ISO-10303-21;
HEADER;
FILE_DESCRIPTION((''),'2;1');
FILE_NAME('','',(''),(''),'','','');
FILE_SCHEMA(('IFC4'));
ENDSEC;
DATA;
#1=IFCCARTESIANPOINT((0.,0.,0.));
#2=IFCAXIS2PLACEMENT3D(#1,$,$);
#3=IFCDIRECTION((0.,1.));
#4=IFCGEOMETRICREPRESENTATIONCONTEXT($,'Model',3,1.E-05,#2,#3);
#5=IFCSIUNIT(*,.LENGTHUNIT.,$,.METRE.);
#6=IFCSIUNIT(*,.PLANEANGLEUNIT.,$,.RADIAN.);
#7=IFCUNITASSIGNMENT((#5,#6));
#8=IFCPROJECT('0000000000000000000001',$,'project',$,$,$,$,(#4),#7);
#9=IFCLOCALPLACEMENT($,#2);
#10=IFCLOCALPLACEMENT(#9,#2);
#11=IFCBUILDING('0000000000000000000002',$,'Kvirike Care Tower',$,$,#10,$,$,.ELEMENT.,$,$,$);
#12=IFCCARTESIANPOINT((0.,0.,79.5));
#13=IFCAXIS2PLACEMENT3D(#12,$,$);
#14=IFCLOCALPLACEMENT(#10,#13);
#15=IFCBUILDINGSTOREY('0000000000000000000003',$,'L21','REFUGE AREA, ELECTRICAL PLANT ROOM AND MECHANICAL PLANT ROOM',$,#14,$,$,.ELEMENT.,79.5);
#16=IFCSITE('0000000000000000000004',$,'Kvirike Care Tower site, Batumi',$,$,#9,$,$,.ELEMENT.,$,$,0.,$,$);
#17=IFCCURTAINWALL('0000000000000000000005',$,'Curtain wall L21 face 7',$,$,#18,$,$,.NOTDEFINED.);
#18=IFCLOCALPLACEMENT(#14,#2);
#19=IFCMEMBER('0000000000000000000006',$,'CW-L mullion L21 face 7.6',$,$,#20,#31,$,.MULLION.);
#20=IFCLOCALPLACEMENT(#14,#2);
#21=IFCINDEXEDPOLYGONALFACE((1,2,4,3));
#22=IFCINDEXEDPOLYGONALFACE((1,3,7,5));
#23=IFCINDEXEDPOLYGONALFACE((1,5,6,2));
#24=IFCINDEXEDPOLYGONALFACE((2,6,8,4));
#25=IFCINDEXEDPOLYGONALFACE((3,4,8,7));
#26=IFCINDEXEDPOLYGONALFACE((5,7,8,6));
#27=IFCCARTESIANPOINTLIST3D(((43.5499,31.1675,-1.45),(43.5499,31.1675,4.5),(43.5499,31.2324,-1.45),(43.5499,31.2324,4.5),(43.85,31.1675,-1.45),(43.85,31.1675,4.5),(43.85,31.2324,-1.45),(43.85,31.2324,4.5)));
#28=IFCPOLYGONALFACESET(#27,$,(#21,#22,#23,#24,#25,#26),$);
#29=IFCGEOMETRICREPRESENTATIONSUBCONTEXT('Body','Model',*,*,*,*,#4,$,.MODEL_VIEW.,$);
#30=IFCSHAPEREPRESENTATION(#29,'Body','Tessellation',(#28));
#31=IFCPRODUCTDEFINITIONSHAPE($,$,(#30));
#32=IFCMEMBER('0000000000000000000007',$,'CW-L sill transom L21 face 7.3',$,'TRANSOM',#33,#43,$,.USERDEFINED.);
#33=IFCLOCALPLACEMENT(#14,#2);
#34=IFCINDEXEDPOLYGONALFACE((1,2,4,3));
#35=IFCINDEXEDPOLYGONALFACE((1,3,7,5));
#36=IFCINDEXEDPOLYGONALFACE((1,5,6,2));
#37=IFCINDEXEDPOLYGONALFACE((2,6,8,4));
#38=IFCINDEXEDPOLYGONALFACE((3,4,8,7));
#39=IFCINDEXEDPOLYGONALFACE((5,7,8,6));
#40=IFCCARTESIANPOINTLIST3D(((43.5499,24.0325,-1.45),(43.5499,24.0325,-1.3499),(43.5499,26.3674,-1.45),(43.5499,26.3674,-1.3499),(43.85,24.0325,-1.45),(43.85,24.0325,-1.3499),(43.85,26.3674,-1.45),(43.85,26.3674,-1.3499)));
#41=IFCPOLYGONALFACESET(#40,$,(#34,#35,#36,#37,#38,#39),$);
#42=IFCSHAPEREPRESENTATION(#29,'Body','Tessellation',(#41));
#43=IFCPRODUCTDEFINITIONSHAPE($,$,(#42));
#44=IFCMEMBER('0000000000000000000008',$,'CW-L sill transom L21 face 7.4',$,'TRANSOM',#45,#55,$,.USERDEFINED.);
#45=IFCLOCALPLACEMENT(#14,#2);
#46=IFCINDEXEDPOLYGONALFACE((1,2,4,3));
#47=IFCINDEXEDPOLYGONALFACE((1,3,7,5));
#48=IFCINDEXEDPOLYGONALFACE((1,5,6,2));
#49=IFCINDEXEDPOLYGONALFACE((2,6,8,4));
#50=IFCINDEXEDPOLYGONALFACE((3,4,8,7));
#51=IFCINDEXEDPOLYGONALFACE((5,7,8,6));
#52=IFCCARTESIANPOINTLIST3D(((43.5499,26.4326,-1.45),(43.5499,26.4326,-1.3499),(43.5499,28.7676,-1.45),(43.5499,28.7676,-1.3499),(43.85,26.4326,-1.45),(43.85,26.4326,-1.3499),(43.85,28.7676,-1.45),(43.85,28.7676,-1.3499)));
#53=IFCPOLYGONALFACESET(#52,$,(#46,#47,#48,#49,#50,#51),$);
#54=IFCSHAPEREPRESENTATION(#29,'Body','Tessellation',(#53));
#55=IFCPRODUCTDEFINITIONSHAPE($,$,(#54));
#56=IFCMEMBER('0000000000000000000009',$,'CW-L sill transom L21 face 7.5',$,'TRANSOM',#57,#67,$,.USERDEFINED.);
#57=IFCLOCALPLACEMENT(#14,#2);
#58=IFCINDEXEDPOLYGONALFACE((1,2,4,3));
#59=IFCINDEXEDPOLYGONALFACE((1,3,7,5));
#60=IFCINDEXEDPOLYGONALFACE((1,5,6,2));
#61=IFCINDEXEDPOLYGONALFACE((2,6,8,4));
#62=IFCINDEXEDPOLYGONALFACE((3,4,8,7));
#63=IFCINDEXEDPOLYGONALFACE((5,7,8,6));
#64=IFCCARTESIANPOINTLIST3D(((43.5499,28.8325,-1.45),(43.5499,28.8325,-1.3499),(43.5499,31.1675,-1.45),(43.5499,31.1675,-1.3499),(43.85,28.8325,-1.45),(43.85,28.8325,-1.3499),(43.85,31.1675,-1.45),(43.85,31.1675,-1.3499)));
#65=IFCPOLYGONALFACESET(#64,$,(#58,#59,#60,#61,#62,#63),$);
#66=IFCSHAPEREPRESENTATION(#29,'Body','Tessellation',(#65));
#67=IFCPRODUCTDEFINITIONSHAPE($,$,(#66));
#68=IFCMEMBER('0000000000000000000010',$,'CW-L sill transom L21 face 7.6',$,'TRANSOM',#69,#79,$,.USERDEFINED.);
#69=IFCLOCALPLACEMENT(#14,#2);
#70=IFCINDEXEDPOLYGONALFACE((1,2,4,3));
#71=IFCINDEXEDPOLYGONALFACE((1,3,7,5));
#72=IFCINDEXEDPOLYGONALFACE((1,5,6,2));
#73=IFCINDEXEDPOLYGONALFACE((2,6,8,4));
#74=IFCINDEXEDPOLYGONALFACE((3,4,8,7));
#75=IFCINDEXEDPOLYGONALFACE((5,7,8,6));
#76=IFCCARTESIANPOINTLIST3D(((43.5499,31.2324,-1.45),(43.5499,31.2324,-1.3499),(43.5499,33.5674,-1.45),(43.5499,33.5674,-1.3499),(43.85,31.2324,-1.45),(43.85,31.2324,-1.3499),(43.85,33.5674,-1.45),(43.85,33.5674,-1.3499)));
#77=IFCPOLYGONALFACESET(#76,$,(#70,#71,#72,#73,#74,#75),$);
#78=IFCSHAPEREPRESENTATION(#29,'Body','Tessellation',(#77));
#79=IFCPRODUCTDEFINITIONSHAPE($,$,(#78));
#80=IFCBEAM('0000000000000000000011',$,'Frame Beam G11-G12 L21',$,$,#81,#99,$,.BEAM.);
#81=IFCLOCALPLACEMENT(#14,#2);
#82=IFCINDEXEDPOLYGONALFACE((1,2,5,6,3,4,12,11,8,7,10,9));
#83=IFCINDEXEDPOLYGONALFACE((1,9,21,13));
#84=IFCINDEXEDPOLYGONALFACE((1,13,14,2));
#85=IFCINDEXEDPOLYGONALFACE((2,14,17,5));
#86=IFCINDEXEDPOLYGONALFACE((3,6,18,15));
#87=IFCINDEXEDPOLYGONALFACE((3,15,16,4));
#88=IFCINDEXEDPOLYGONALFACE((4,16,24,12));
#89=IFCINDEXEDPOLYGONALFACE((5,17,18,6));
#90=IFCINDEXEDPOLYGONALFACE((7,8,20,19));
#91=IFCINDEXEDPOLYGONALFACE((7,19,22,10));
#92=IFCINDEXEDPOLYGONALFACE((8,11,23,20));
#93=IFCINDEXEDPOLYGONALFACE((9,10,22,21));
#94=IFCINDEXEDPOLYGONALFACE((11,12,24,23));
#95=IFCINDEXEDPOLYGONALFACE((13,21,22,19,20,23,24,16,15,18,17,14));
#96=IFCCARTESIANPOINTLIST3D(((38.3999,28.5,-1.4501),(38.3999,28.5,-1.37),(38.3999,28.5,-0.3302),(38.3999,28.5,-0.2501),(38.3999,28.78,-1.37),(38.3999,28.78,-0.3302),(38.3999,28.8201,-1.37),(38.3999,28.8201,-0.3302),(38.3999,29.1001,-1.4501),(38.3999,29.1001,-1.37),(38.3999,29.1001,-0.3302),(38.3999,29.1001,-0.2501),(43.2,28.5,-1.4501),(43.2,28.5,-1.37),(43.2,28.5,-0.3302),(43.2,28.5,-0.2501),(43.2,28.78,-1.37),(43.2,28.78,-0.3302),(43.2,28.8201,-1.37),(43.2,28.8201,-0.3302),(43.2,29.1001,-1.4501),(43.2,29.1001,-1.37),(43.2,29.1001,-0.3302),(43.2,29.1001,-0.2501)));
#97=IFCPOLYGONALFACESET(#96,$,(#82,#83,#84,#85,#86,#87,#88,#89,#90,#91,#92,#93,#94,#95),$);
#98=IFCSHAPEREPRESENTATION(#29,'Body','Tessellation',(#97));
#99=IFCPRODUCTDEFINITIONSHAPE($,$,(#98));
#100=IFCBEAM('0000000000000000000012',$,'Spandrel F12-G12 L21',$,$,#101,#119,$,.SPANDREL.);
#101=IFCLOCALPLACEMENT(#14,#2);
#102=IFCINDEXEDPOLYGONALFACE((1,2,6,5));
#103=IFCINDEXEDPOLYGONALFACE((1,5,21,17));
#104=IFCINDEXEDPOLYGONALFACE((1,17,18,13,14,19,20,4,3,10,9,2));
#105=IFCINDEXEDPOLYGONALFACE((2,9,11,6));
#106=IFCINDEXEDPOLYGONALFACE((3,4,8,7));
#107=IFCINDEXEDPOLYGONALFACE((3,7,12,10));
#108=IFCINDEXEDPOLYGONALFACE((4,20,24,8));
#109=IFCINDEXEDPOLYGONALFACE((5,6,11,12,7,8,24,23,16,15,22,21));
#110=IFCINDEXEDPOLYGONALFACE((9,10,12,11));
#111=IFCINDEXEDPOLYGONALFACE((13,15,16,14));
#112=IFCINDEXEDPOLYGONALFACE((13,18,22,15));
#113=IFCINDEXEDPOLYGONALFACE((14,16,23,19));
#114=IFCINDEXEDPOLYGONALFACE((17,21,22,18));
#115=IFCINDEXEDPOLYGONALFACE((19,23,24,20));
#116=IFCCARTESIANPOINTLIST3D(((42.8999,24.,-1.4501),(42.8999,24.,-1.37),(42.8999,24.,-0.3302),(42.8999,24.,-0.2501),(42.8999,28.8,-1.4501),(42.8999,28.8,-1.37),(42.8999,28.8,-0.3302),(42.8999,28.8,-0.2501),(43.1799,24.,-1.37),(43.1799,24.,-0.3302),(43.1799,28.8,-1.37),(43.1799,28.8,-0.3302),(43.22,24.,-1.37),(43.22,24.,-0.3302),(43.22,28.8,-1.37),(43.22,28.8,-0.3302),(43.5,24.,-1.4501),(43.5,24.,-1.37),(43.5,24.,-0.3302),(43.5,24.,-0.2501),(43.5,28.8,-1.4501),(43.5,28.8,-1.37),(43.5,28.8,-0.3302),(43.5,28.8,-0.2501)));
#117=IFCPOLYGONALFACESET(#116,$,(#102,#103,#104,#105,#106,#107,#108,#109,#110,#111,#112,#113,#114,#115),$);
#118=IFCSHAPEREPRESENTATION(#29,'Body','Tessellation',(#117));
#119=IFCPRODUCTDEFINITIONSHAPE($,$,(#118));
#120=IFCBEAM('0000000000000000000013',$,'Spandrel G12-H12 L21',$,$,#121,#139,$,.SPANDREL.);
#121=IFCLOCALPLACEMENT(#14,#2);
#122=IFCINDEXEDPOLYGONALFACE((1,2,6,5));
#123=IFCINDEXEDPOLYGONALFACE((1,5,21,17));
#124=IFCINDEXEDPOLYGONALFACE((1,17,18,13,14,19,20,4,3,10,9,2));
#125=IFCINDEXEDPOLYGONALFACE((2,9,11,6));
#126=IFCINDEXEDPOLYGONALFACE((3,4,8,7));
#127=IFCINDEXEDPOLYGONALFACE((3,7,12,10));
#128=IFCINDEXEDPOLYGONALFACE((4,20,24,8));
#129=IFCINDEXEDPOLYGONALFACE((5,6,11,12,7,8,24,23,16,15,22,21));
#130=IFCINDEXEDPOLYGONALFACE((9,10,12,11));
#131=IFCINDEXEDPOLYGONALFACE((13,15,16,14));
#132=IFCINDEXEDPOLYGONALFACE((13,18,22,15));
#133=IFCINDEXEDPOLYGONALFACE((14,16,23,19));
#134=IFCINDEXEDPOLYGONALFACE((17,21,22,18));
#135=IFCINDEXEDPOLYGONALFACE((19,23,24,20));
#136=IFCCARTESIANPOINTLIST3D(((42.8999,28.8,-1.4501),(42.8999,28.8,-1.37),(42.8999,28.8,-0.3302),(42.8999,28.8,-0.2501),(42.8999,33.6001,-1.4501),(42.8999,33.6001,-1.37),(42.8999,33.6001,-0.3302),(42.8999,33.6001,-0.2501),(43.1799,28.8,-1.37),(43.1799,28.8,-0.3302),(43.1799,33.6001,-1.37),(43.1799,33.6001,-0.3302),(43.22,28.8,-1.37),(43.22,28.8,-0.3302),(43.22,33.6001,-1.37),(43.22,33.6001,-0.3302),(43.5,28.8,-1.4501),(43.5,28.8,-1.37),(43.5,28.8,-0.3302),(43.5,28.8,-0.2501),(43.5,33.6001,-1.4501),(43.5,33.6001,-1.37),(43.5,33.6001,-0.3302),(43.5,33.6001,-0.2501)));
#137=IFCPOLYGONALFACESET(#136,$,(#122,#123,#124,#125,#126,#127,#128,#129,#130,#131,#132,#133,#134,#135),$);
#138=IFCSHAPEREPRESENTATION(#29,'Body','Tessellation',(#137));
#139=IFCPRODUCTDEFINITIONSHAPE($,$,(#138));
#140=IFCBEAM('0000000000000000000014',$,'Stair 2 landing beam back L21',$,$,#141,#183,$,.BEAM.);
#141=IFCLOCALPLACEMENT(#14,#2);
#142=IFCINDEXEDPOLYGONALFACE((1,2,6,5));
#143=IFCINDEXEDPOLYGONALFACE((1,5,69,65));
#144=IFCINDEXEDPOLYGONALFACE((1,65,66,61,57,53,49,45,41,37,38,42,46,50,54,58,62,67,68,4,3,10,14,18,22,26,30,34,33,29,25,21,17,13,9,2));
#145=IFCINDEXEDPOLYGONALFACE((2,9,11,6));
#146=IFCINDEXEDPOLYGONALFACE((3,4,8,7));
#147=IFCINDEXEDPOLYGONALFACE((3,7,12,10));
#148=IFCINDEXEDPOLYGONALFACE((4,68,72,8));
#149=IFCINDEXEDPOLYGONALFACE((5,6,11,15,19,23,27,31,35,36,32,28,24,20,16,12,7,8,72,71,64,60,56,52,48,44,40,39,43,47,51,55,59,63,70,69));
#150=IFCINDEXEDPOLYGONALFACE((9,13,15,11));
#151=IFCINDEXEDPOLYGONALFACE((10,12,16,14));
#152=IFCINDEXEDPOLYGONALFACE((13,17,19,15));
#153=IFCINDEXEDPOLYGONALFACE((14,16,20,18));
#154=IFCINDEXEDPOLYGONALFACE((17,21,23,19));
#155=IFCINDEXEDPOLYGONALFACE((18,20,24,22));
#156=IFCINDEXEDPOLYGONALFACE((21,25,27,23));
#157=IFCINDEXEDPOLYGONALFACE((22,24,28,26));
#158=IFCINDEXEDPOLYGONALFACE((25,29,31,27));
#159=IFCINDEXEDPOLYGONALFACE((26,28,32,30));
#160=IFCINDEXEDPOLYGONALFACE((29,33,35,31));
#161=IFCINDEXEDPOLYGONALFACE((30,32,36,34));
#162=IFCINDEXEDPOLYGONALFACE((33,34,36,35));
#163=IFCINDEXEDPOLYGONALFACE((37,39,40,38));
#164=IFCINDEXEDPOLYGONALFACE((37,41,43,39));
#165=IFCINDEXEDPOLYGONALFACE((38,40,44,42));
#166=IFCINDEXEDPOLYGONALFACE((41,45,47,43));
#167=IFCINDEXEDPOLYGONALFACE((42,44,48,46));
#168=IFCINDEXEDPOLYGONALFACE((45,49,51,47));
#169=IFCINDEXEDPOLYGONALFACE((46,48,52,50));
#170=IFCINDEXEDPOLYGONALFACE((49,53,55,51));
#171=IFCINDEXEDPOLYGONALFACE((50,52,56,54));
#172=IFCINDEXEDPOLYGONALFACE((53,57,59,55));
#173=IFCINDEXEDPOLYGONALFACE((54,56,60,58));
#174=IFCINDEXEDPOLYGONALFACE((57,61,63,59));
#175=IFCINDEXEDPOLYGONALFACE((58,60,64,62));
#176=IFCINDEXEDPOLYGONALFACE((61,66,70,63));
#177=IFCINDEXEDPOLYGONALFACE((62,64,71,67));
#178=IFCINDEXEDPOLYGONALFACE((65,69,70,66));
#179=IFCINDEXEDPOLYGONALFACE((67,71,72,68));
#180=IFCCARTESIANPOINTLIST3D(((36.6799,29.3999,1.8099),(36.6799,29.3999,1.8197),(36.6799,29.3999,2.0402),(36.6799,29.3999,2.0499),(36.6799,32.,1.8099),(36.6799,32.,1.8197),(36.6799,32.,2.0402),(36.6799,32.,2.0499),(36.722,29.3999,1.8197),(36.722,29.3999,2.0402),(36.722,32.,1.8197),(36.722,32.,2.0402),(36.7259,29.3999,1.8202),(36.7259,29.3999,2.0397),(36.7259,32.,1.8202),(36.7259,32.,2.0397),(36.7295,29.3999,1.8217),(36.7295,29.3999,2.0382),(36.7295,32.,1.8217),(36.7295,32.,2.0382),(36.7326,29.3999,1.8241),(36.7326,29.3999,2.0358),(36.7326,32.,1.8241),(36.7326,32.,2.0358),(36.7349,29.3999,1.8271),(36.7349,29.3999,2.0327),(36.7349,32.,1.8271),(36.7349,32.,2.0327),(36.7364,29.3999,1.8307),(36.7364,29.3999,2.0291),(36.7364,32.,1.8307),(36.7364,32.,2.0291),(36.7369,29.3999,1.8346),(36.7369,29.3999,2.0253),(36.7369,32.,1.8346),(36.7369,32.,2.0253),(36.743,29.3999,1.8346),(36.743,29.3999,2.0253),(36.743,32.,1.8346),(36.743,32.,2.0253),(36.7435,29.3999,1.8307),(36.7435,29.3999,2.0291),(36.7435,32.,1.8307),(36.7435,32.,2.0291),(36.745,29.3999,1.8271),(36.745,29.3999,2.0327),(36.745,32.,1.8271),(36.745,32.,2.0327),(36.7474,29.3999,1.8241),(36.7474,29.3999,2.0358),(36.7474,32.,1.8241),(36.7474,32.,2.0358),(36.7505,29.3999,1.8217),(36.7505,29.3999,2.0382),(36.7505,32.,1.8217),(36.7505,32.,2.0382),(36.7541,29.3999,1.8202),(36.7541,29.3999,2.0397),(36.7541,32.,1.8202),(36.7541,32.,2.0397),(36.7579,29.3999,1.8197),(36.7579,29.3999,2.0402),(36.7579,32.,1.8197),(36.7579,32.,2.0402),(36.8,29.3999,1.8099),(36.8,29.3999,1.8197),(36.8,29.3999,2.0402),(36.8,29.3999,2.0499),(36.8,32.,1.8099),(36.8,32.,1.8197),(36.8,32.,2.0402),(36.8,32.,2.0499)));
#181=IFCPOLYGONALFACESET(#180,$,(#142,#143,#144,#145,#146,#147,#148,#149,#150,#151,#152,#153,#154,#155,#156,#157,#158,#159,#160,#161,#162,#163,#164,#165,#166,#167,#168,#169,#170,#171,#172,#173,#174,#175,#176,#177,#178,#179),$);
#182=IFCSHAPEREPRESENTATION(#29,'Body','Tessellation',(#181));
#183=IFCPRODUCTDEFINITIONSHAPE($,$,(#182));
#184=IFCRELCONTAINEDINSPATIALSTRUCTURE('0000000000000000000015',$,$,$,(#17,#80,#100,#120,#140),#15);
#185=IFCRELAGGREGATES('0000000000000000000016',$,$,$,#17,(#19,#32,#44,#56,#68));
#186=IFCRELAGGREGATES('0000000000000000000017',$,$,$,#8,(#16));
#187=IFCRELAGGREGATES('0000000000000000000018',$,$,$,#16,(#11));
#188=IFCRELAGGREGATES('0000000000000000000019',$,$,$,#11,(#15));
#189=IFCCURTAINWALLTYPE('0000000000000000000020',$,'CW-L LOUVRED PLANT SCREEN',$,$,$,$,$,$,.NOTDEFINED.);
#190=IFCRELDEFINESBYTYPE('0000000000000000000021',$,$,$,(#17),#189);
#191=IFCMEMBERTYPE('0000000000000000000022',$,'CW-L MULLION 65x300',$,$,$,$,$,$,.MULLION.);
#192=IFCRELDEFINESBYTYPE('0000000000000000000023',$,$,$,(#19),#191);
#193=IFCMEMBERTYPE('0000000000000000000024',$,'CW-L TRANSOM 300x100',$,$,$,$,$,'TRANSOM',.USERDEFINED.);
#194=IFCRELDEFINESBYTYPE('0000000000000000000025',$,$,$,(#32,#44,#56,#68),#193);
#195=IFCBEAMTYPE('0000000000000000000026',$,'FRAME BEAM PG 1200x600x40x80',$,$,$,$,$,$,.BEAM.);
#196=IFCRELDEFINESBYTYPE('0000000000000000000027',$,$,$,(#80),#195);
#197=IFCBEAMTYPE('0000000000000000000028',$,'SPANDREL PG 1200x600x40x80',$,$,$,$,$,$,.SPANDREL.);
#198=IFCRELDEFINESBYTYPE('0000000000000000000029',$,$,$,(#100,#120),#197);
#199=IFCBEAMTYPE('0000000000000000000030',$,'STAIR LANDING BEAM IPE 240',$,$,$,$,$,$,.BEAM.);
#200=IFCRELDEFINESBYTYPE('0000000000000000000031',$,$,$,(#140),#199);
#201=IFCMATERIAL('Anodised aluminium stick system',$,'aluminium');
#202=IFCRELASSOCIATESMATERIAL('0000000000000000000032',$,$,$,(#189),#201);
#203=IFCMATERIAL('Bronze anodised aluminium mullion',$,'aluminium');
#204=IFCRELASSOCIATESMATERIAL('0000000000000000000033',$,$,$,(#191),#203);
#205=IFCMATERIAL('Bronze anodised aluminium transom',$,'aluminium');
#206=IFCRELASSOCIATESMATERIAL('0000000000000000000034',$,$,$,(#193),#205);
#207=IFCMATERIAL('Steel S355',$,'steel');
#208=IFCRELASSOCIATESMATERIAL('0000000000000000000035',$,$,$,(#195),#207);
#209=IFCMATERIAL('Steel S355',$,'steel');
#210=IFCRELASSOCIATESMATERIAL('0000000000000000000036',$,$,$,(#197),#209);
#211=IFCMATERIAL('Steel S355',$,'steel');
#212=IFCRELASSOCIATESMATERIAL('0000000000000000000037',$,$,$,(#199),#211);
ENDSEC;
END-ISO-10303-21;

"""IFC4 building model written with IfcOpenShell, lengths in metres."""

from ifc_helpers import new_model, si_unit, direction, frame, origin, origin_2d, place, context, subcontext, project, spatial, rectangle, i_section, extrude, material, material_profile, profile_set, type_object, element, aggregate, save


model = new_model("IFC4")

# Units and contexts
model_context = context("Model", 3, precision=1e-05, world=origin(), true_north=direction((0.0, 1.0)))
body_context = subcontext(model_context, "Body", "Model", "MODEL_VIEW")
ifc_project = project(units=[si_unit("LENGTHUNIT", "METRE"), si_unit("PLANEANGLEUNIT", "RADIAN")], contexts=[model_context])

# Site, building, storey
site_placement = place(None, origin())
site = spatial("IfcSite", under=ifc_project, at=site_placement, Name="Kvirike Care Tower site, Batumi", CompositionType="ELEMENT", RefElevation=0.0)
building_placement = place(site_placement, origin())
building = spatial("IfcBuilding", under=site, at=building_placement, Name="Kvirike Care Tower", CompositionType="ELEMENT")
storey_placement = place(building_placement, frame((0.0, 0.0, 79.5)))
storey = spatial("IfcBuildingStorey", under=building, at=storey_placement, Name="L21", Description="REFUGE AREA, ELECTRICAL PLANT ROOM AND MECHANICAL PLANT ROOM", CompositionType="ELEMENT", Elevation=79.5)

# Curtain wall, members
ifc_material_1 = material(Name="Anodised aluminium stick system", Category="aluminium")
curtain_wall_type = type_object("IfcCurtainWallType", Name="CW-L LOUVRED PLANT SCREEN", PredefinedType="NOTDEFINED", material=ifc_material_1)
curtain_wall_placement = place(storey_placement, origin())
curtain_wall = element("IfcCurtainWall", 1, at=curtain_wall_placement, inside=storey, type_object=curtain_wall_type, Name="Curtain wall L21 face 7", PredefinedType="NOTDEFINED")
ifc_material_2 = material(Name="Bronze anodised aluminium mullion", Category="aluminium")
ifc_material_profile_1 = material_profile(ifc_material_2, rectangle(XDim=0.0649, YDim=0.3, at=origin_2d()), Name="CW-L MULLION 65x300")
ifc_profile_set_1 = profile_set([ifc_material_profile_1], Name="Bronze anodised aluminium mullion")
member_type_1 = type_object("IfcMemberType", Name="CW-L MULLION 65x300", PredefinedType="MULLION", material=ifc_profile_set_1)
member_1_placement = place(storey_placement, frame((43.7, 31.2, -1.45), z_axis=(0.0, 0.0, 1.0), x_axis=(0.0, 1.0, 0.0)))
member_1 = element("IfcMember", 2, at=member_1_placement, type_object=member_type_1, Name="CW-L mullion L21 face 7.6", PredefinedType="MULLION", context=body_context, shape_type="SweptSolid", body=[
    extrude(rectangle(XDim=0.0649, YDim=0.3, at=origin_2d()), origin(), (0.0, 0.0, 1.0), 5.95),
])
ifc_material_3 = material(Name="Bronze anodised aluminium transom", Category="aluminium")
ifc_material_profile_2 = material_profile(ifc_material_3, rectangle(XDim=0.3, YDim=0.1001, at=origin_2d()), Name="CW-L TRANSOM 300x100")
ifc_profile_set_2 = profile_set([ifc_material_profile_2], Name="Bronze anodised aluminium transom")
member_type_2 = type_object("IfcMemberType", Name="CW-L TRANSOM 300x100", ElementType="TRANSOM", PredefinedType="USERDEFINED", material=ifc_profile_set_2)
member_2_placement = place(storey_placement, frame((43.7, 24.0325, -1.3999), z_axis=(0.0, 1.0, 0.0), x_axis=(-1.0, 0.0, 0.0)))
member_2 = element("IfcMember", 3, at=member_2_placement, type_object=member_type_2, Name="CW-L sill transom L21 face 7.3", ObjectType="TRANSOM", PredefinedType="USERDEFINED", context=body_context, shape_type="SweptSolid", body=[
    extrude(rectangle(XDim=0.3, YDim=0.1001, at=origin_2d()), origin(), (0.0, 0.0, 1.0), 2.335),
])
member_3_placement = place(storey_placement, frame((43.7, 26.4326, -1.3999), z_axis=(0.0, 1.0, 0.0), x_axis=(-1.0, 0.0, 0.0)))
member_3 = element("IfcMember", 4, at=member_3_placement, type_object=member_type_2, Name="CW-L sill transom L21 face 7.4", ObjectType="TRANSOM", PredefinedType="USERDEFINED", context=body_context, shape_type="SweptSolid", body=[
    extrude(rectangle(XDim=0.3, YDim=0.1001, at=origin_2d()), origin(), (0.0, 0.0, 1.0), 2.335),
])
member_4_placement = place(storey_placement, frame((43.7, 28.8325, -1.3999), z_axis=(0.0, 1.0, 0.0), x_axis=(-1.0, 0.0, 0.0)))
member_4 = element("IfcMember", 5, at=member_4_placement, type_object=member_type_2, Name="CW-L sill transom L21 face 7.5", ObjectType="TRANSOM", PredefinedType="USERDEFINED", context=body_context, shape_type="SweptSolid", body=[
    extrude(rectangle(XDim=0.3, YDim=0.1001, at=origin_2d()), origin(), (0.0, 0.0, 1.0), 2.335),
])
member_5_placement = place(storey_placement, frame((43.7, 31.2324, -1.3999), z_axis=(0.0, 1.0, 0.0), x_axis=(-1.0, 0.0, 0.0)))
member_5 = element("IfcMember", 6, at=member_5_placement, type_object=member_type_2, Name="CW-L sill transom L21 face 7.6", ObjectType="TRANSOM", PredefinedType="USERDEFINED", context=body_context, shape_type="SweptSolid", body=[
    extrude(rectangle(XDim=0.3, YDim=0.1001, at=origin_2d()), origin(), (0.0, 0.0, 1.0), 2.335),
])

# Beams
ifc_material_4 = material(Name="Steel S355", Category="steel")
ifc_material_profile_3 = material_profile(ifc_material_4, i_section(OverallWidth=0.6001, OverallDepth=1.2, WebThickness=0.04, FlangeThickness=0.0801, at=origin_2d()), Name="PG 1200x600x40x80")
ifc_profile_set_3 = profile_set([ifc_material_profile_3], Name="Steel S355")
beam_type_1 = type_object("IfcBeamType", Name="FRAME BEAM PG 1200x600x40x80", PredefinedType="BEAM", material=ifc_profile_set_3)
beam_placement = place(storey_placement, frame((38.3999, 28.8, -0.8501), z_axis=(1.0, 0.0, 0.0), x_axis=(0.0, 1.0, 0.0)))
element("IfcBeam", 7, at=beam_placement, inside=storey, type_object=beam_type_1, Name="Frame Beam G11-G12 L21", PredefinedType="BEAM", context=body_context, shape_type="SweptSolid", body=[
    extrude(i_section(OverallWidth=0.6001, OverallDepth=1.2, WebThickness=0.04, FlangeThickness=0.0801, at=origin_2d()), origin(), (0.0, 0.0, 1.0), 4.8),
])
ifc_material_5 = material(Name="Steel S355", Category="steel")
ifc_material_profile_4 = material_profile(ifc_material_5, i_section(OverallWidth=0.6001, OverallDepth=1.2, WebThickness=0.04, FlangeThickness=0.0801, at=origin_2d()), Name="PG 1200x600x40x80")
ifc_profile_set_4 = profile_set([ifc_material_profile_4], Name="Steel S355")
beam_type_2 = type_object("IfcBeamType", Name="SPANDREL PG 1200x600x40x80", PredefinedType="SPANDREL", material=ifc_profile_set_4)
for number, where, z_axis, x_axis, name in (
    (8, (43.2, 24.0, -0.8501), (0.0, 1.0, 0.0), (-1.0, 0.0, 0.0), "Spandrel F12-G12 L21"),
    (9, (43.2, 28.8, -0.8501), (0.0, 1.0, 0.0), (-1.0, 0.0, 0.0), "Spandrel G12-H12 L21"),
):
    element("IfcBeam", number, at=place(storey_placement, frame(where, z_axis=z_axis, x_axis=x_axis)), inside=storey, type_object=beam_type_2, Name=name, PredefinedType="SPANDREL", context=body_context, shape_type="SweptSolid", body=[
        extrude(i_section(OverallWidth=0.6001, OverallDepth=1.2, WebThickness=0.04, FlangeThickness=0.0801, at=origin_2d()), origin(), (0.0, 0.0, 1.0), 4.8),
    ])
ifc_material_6 = material(Name="Steel S355", Category="steel")
ifc_material_profile_5 = material_profile(ifc_material_6, i_section(OverallWidth=0.1201, OverallDepth=0.24, WebThickness=0.0061, FlangeThickness=0.0098, FilletRadius=0.0149, at=origin_2d()), Name="IPE 240")
ifc_profile_set_5 = profile_set([ifc_material_profile_5], Name="Steel S355")
beam_type_3 = type_object("IfcBeamType", Name="STAIR LANDING BEAM IPE 240", PredefinedType="BEAM", material=ifc_profile_set_5)
for number, where, z_axis, x_axis, name in (
    (10, (36.74, 29.3999, 1.9299), (0.0, 1.0, 0.0), (-1.0, 0.0, 0.0), "Stair 2 landing beam back L21"),
):
    element("IfcBeam", number, at=place(storey_placement, frame(where, z_axis=z_axis, x_axis=x_axis)), inside=storey, type_object=beam_type_3, Name=name, PredefinedType="BEAM", context=body_context, shape_type="SweptSolid", body=[
        extrude(i_section(OverallWidth=0.1201, OverallDepth=0.24, WebThickness=0.0061, FlangeThickness=0.0098, FilletRadius=0.0149, at=origin_2d()), origin(), (0.0, 0.0, 1.0), 2.6001),
    ])

aggregate(curtain_wall, [member_1, member_2, member_3, member_4, member_5])

save(model, "model.ifc")
